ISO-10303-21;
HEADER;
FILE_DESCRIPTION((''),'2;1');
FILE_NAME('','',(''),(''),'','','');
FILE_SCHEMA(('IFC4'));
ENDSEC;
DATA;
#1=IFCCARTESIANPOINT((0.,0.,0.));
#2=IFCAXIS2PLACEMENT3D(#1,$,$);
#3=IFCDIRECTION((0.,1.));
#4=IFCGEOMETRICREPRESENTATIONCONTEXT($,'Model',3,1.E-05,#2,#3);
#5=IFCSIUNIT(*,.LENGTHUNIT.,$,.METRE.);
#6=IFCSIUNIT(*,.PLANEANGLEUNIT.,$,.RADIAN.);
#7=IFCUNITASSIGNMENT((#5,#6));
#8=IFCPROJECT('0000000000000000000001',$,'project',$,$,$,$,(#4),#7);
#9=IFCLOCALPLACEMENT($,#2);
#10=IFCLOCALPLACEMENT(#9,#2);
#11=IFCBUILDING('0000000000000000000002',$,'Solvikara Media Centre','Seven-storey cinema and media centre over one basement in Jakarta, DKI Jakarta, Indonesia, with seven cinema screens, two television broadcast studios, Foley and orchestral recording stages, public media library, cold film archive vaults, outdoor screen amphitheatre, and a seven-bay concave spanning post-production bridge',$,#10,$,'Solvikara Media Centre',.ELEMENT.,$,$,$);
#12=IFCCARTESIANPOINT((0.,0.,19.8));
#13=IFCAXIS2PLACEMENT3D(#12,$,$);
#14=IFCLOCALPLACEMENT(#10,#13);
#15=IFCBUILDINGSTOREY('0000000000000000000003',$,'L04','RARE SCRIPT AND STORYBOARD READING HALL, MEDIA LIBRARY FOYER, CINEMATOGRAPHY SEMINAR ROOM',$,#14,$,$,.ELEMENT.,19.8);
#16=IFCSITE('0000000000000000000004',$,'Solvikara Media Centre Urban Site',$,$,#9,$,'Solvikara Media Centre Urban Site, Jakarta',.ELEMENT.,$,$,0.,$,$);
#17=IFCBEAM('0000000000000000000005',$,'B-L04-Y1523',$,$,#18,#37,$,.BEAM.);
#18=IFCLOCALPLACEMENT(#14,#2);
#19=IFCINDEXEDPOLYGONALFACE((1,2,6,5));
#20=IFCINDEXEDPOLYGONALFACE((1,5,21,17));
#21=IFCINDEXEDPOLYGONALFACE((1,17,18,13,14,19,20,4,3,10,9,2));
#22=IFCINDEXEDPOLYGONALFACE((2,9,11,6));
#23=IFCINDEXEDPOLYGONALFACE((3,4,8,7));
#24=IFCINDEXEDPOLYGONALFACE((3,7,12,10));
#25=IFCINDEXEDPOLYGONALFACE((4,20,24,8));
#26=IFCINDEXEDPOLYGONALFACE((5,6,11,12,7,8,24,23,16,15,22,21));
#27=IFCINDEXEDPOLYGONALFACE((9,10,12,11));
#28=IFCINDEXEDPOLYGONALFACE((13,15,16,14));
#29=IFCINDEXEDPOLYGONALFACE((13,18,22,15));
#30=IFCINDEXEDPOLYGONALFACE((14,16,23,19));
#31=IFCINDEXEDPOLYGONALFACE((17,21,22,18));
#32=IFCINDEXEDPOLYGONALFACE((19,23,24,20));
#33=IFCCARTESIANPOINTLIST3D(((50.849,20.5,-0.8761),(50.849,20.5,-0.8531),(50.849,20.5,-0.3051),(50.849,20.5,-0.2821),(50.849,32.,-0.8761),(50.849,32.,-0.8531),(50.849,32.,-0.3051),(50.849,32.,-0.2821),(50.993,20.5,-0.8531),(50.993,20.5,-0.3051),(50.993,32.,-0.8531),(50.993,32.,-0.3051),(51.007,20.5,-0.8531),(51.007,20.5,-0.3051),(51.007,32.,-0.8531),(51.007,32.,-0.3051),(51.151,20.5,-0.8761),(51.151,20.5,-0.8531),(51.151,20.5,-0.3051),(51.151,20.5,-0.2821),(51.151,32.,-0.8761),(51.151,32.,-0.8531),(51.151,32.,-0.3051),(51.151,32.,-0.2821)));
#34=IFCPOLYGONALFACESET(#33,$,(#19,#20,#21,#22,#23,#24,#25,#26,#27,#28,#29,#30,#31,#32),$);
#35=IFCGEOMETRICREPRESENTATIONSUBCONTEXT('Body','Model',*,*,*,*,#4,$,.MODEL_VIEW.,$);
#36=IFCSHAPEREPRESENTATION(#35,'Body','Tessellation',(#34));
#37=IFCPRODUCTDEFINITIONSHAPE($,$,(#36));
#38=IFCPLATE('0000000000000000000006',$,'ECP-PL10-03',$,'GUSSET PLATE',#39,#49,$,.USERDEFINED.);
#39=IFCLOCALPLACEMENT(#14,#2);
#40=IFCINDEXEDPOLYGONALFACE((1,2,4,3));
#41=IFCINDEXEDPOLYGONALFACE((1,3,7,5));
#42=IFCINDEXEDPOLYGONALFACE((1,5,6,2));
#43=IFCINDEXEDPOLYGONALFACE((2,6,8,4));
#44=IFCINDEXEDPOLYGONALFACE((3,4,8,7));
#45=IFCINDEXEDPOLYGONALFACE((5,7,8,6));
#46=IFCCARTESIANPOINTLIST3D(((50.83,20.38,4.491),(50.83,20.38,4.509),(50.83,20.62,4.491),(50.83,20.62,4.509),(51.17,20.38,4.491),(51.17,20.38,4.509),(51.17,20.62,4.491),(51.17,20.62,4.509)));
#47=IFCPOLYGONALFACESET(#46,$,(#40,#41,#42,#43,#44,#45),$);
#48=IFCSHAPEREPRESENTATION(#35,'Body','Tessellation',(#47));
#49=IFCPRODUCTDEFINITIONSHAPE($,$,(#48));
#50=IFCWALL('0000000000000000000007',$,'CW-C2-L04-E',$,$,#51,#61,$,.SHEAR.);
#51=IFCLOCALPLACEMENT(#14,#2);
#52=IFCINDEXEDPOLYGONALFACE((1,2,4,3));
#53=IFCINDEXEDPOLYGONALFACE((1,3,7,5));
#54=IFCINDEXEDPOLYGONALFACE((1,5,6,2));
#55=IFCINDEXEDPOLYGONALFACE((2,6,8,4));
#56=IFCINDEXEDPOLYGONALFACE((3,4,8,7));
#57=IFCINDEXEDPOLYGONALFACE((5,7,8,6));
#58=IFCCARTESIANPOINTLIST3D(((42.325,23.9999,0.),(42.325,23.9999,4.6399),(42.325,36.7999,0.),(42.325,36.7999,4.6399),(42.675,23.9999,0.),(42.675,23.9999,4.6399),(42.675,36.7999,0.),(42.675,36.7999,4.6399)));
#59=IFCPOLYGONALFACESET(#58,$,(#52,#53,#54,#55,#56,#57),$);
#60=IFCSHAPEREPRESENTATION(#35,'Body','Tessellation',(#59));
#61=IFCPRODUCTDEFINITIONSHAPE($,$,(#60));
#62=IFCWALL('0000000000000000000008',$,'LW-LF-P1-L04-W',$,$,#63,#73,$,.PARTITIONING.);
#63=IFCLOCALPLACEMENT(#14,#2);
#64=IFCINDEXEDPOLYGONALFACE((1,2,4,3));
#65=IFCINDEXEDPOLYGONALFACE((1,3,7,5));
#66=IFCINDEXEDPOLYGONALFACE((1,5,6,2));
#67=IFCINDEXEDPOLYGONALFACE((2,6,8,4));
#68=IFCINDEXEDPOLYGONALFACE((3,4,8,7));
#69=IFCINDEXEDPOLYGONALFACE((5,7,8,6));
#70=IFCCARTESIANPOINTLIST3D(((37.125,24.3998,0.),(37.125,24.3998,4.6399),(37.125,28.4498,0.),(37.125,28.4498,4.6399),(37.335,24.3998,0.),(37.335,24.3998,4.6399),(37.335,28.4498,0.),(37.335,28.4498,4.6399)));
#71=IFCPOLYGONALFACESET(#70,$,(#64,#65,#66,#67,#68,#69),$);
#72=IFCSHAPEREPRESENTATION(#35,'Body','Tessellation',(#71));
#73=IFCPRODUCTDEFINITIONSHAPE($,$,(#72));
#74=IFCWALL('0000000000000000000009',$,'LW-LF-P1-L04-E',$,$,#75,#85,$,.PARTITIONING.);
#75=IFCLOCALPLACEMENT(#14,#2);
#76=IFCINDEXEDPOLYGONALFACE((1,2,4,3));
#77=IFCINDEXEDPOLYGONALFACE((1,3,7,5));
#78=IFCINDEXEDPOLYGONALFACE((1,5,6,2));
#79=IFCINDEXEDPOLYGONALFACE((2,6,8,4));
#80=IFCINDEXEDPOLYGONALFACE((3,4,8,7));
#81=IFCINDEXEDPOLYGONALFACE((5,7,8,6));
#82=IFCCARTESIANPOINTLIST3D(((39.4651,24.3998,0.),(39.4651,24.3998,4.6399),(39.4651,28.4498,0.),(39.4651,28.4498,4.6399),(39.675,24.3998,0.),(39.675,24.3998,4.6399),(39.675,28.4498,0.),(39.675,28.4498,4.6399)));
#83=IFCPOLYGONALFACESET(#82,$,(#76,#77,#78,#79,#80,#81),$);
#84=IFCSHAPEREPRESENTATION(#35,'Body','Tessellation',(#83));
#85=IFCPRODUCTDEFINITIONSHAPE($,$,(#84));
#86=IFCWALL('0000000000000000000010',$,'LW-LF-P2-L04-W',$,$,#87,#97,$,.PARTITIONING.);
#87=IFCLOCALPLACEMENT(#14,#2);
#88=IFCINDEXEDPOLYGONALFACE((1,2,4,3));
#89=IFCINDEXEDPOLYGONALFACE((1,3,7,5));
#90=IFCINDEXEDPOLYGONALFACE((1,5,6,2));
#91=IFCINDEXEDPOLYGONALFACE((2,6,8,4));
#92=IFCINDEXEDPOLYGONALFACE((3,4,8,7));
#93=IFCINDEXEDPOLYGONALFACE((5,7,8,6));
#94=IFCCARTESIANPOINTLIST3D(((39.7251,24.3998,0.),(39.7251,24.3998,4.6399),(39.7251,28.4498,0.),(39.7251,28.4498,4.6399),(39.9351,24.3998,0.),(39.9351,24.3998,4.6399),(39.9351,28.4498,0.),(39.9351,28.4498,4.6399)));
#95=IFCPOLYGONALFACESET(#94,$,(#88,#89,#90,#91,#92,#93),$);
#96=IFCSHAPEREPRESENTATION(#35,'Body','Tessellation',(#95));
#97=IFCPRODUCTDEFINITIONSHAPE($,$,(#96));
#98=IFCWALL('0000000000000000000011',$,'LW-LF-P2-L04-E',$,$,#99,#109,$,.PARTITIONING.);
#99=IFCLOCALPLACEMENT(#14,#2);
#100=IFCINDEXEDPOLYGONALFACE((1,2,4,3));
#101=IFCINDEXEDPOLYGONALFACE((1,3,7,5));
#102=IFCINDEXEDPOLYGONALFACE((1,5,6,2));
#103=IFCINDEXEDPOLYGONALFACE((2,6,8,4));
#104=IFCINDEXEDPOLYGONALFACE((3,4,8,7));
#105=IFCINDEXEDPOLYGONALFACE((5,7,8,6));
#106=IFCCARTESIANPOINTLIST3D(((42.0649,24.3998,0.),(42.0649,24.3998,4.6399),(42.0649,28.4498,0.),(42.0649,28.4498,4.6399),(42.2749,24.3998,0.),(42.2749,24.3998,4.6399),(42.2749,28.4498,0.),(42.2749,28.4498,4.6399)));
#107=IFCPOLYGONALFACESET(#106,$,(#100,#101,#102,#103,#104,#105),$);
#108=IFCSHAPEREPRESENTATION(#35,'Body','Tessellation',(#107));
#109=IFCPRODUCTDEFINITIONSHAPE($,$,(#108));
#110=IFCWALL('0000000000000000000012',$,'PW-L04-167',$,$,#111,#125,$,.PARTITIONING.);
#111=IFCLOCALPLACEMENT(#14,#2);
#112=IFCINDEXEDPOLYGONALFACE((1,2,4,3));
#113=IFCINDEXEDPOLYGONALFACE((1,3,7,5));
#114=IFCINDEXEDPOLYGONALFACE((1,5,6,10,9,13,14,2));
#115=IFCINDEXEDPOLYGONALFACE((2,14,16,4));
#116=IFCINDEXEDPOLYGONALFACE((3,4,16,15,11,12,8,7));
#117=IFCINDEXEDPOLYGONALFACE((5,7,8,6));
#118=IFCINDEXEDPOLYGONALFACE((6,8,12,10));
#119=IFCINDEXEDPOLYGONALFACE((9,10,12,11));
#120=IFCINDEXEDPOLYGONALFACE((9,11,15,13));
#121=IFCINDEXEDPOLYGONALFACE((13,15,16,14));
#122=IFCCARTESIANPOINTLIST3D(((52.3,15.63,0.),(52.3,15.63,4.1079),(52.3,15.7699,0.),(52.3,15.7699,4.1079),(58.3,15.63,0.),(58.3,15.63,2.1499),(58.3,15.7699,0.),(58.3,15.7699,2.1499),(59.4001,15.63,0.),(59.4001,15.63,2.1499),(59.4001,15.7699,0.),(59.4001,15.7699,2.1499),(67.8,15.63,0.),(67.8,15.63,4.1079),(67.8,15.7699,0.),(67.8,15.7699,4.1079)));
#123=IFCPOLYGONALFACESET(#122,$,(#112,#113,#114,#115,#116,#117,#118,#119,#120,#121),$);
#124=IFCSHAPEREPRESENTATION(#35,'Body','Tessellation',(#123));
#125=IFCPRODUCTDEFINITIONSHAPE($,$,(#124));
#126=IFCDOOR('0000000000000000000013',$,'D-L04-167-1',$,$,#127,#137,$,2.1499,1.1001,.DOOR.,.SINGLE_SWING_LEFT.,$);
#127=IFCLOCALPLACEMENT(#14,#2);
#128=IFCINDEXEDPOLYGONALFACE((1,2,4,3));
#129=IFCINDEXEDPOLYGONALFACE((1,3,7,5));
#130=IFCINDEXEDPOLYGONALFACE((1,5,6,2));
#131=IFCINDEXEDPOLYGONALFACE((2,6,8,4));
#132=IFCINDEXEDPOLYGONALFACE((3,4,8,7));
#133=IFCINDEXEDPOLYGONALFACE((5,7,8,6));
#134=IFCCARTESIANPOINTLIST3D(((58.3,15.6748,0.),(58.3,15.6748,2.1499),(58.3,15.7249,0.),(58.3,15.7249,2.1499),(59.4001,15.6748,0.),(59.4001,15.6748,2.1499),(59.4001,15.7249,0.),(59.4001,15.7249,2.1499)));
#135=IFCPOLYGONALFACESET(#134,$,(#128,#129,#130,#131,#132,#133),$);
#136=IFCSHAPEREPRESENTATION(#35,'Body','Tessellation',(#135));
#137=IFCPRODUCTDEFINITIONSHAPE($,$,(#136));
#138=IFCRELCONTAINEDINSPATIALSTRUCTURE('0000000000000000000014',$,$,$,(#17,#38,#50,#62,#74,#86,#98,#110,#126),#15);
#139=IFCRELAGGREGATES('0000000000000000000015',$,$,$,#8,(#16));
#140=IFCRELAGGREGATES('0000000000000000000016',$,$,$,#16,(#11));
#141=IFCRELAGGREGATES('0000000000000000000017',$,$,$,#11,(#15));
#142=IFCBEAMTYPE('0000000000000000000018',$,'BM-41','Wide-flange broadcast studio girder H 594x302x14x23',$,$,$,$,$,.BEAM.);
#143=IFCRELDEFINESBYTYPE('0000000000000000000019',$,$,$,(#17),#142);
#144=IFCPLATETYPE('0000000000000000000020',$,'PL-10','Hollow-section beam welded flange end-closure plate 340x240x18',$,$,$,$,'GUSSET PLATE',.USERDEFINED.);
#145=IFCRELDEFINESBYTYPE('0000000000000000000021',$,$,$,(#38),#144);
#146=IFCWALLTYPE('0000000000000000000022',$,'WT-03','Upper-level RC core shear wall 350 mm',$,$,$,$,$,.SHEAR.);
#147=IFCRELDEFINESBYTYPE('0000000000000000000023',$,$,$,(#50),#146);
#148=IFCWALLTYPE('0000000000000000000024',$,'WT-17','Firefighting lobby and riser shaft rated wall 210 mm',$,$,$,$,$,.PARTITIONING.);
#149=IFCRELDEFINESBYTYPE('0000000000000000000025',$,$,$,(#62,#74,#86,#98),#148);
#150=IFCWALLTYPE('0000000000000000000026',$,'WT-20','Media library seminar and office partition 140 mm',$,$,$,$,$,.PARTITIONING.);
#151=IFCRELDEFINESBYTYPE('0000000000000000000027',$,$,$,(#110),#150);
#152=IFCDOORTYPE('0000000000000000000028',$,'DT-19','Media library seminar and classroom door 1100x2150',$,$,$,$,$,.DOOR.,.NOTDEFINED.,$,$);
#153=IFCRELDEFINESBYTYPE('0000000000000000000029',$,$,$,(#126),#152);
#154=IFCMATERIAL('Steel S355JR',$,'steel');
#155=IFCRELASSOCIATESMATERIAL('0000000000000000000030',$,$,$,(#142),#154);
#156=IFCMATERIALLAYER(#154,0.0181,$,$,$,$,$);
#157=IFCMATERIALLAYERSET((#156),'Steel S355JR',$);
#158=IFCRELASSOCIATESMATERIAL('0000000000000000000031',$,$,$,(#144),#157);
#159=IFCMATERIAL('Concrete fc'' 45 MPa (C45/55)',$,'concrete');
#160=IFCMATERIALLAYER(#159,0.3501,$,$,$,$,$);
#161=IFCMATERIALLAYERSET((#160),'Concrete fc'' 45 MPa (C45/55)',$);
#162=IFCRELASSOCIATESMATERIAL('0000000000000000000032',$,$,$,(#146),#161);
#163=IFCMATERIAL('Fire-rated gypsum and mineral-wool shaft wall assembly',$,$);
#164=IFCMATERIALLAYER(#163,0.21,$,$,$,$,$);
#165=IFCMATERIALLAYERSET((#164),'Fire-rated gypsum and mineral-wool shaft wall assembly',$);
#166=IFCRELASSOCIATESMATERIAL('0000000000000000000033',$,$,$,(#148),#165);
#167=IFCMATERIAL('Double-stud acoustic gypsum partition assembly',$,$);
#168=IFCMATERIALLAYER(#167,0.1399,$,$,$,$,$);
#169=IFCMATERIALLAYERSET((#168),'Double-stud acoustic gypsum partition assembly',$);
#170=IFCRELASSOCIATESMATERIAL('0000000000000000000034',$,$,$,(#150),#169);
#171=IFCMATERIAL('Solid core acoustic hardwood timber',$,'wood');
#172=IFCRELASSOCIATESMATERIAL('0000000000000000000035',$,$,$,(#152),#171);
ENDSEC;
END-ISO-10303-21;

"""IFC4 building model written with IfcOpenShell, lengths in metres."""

from ifc_helpers import new_model, si_unit, direction, frame, frame_2d, origin, origin_2d, place, context, subcontext, project, spatial, rectangle, i_section, extrude, material, layer, layer_set, material_profile, profile_set, type_object, element, fill, save


model = new_model("IFC4")

# Units and contexts
model_context = context("Model", 3, precision=1e-05, world=origin(), true_north=direction((0.0, 1.0)))
body_context = subcontext(model_context, "Body", "Model", "MODEL_VIEW")
ifc_project = project(units=[si_unit("LENGTHUNIT", "METRE"), si_unit("PLANEANGLEUNIT", "RADIAN")], contexts=[model_context])

# Site, building, storey
site_placement = place(None, origin())
site = spatial("IfcSite", under=ifc_project, at=site_placement, Name="Solvikara Media Centre Urban Site", LongName="Solvikara Media Centre Urban Site, Jakarta", CompositionType="ELEMENT", RefElevation=0.0)
building_placement = place(site_placement, origin())
building = spatial("IfcBuilding", under=site, at=building_placement, Name="Solvikara Media Centre", Description="Seven-storey cinema and media centre over one basement in Jakarta, DKI Jakarta, Indonesia, with seven cinema screens, two television broadcast studios, Foley and orchestral recording stages, public media library, cold film archive vaults, outdoor screen amphitheatre, and a seven-bay concave spanning post-production bridge", LongName="Solvikara Media Centre", CompositionType="ELEMENT")
storey_placement = place(building_placement, frame((0.0, 0.0, 19.8)))
storey = spatial("IfcBuildingStorey", under=building, at=storey_placement, Name="L04", Description="RARE SCRIPT AND STORYBOARD READING HALL, MEDIA LIBRARY FOYER, CINEMATOGRAPHY SEMINAR ROOM", CompositionType="ELEMENT", Elevation=19.8)

# Shared definitions
ifc_material_1 = material(Name="Concrete fc' 45 MPa (C45/55)", Category="concrete")

# Beam
ifc_material_2 = material(Name="Steel S355JR", Category="steel")
ifc_material_profile_1 = material_profile(ifc_material_2, i_section(OverallWidth=0.302, OverallDepth=0.594, WebThickness=0.0139, FlangeThickness=0.0229, at=origin_2d()), Name="H 594x302x14x23")
ifc_profile_set_1 = profile_set([ifc_material_profile_1], Name="Steel S355JR")
beam_type_1 = type_object("IfcBeamType", Name="BM-41", Description="Wide-flange broadcast studio girder H 594x302x14x23", PredefinedType="BEAM", material=ifc_profile_set_1)
beam_1_placement = place(storey_placement, frame((51.0, 20.5, -0.5791), z_axis=(0.0, 1.0, 0.0), x_axis=(-1.0, 0.0, 0.0)))
element("IfcBeam", 1, at=beam_1_placement, inside=storey, type_object=beam_type_1, Name="B-L04-Y1523", PredefinedType="BEAM", context=body_context, shape_type="SweptSolid", body=[
    extrude(i_section(OverallWidth=0.302, OverallDepth=0.594, WebThickness=0.0139, FlangeThickness=0.0229, at=origin_2d()), origin(), (0.0, 0.0, 1.0), 11.5),
])

# Plate
ifc_layer_1 = layer(ifc_material_2, 0.0181)
ifc_layer_set_1 = layer_set([ifc_layer_1], Name="Steel S355JR")
plate_type = type_object("IfcPlateType", Name="PL-10", Description="Hollow-section beam welded flange end-closure plate 340x240x18", ElementType="GUSSET PLATE", PredefinedType="USERDEFINED", material=ifc_layer_set_1)
plate_placement = place(storey_placement, frame((51.0, 20.5, 4.491), z_axis=(0.0, 0.0, 1.0), x_axis=(1.0, 0.0, 0.0)))
element("IfcPlate", 2, at=plate_placement, inside=storey, type_object=plate_type, Name="ECP-PL10-03", ObjectType="GUSSET PLATE", PredefinedType="USERDEFINED", context=body_context, shape_type="SweptSolid", body=[
    extrude(rectangle(XDim=0.3401, YDim=0.24, at=origin_2d()), origin(), (0.0, 0.0, 1.0), 0.0181),
])

# Walls
ifc_layer_2 = layer(ifc_material_1, 0.3501)
ifc_layer_set_2 = layer_set([ifc_layer_2], Name="Concrete fc' 45 MPa (C45/55)")
wall_type_1 = type_object("IfcWallType", Name="WT-03", Description="Upper-level RC core shear wall 350 mm", PredefinedType="SHEAR", material=ifc_layer_set_2)
wall_1_placement = place(storey_placement, frame((42.5, 24.0, 0.0), z_axis=(0.0, 0.0, 1.0), x_axis=(0.0, 1.0, 0.0)))
element("IfcWall", 3, at=wall_1_placement, inside=storey, type_object=wall_type_1, Name="CW-C2-L04-E", PredefinedType="SHEAR", context=body_context, shape_type="SweptSolid", body=[
    extrude(rectangle(XDim=12.8, YDim=0.3501, at=frame_2d((6.3999, 0.0))), origin(), (0.0, 0.0, 1.0), 4.6399),
])
ifc_material_3 = material(Name="Fire-rated gypsum and mineral-wool shaft wall assembly")
ifc_layer_3 = layer(ifc_material_3, 0.21)
ifc_layer_set_3 = layer_set([ifc_layer_3], Name="Fire-rated gypsum and mineral-wool shaft wall assembly")
wall_type_2 = type_object("IfcWallType", Name="WT-17", Description="Firefighting lobby and riser shaft rated wall 210 mm", PredefinedType="PARTITIONING", material=ifc_layer_set_3)
for number, where, z_axis, x_axis, name in (
    (4, (37.23, 24.3999, 0.0), (0.0, 0.0, 1.0), (0.0, 1.0, 0.0), "LW-LF-P1-L04-W"),
    (5, (39.5701, 24.3999, 0.0), (0.0, 0.0, 1.0), (0.0, 1.0, 0.0), "LW-LF-P1-L04-E"),
    (6, (39.8301, 24.3999, 0.0), (0.0, 0.0, 1.0), (0.0, 1.0, 0.0), "LW-LF-P2-L04-W"),
    (7, (42.1699, 24.3999, 0.0), (0.0, 0.0, 1.0), (0.0, 1.0, 0.0), "LW-LF-P2-L04-E"),
):
    element("IfcWall", number, at=place(storey_placement, frame(where, z_axis=z_axis, x_axis=x_axis)), inside=storey, type_object=wall_type_2, Name=name, PredefinedType="PARTITIONING", context=body_context, shape_type="SweptSolid", body=[
        extrude(rectangle(XDim=4.05, YDim=0.21, at=frame_2d((2.0249, 0.0))), origin(), (0.0, 0.0, 1.0), 4.6399),
    ])

# Wall, opening, door
ifc_material_4 = material(Name="Double-stud acoustic gypsum partition assembly")
ifc_layer_4 = layer(ifc_material_4, 0.1399)
ifc_layer_set_4 = layer_set([ifc_layer_4], Name="Double-stud acoustic gypsum partition assembly")
wall_type_3 = type_object("IfcWallType", Name="WT-20", Description="Media library seminar and office partition 140 mm", PredefinedType="PARTITIONING", material=ifc_layer_set_4)
wall_2_placement = place(storey_placement, frame((52.3, 15.7, 0.0), z_axis=(0.0, 0.0, 1.0), x_axis=(1.0, 0.0, 0.0)))
wall_2 = element("IfcWall", 8, at=wall_2_placement, inside=storey, type_object=wall_type_3, Name="PW-L04-167", PredefinedType="PARTITIONING", context=body_context, shape_type="SweptSolid", body=[
    extrude(rectangle(XDim=15.5, YDim=0.1399, at=frame_2d((7.75, 0.0))), origin(), (0.0, 0.0, 1.0), 4.1079),
])
opening_placement = place(wall_2_placement, frame((6.0, 0.0, 0.0)))
opening = element("IfcOpeningElement", 9, at=opening_placement, cuts=wall_2, PredefinedType="OPENING", context=body_context, shape_type="SweptSolid", body=[
    extrude(rectangle(XDim=1.1001, YDim=2.1499, at=frame_2d((0.55, 1.075))), frame((0.0, 0.082, 0.0), z_axis=(0.0, -1.0, 0.0), x_axis=(1.0, 0.0, 0.0)), (0.0, 0.0, 1.0), 0.1638),
])
ifc_material_5 = material(Name="Solid core acoustic hardwood timber", Category="wood")
door_type = type_object("IfcDoorType", Name="DT-19", Description="Media library seminar and classroom door 1100x2150", OperationType="NOTDEFINED", PredefinedType="DOOR", material=ifc_material_5)
door_placement = place(opening_placement, origin())
door = element("IfcDoor", 10, at=door_placement, inside=storey, type_object=door_type, Name="D-L04-167-1", OperationType="SINGLE_SWING_LEFT", OverallHeight=2.1499, OverallWidth=1.1001, PredefinedType="DOOR", context=body_context, shape_type="SweptSolid", body=[
    extrude(rectangle(XDim=1.1001, YDim=2.1499, at=frame_2d((0.55, 1.075))), frame((0.0, 0.0249, 0.0), z_axis=(0.0, -1.0, 0.0), x_axis=(1.0, 0.0, 0.0)), (0.0, 0.0, 1.0), 0.05),
])
fill(opening, door)

save(model, "model.ifc")
